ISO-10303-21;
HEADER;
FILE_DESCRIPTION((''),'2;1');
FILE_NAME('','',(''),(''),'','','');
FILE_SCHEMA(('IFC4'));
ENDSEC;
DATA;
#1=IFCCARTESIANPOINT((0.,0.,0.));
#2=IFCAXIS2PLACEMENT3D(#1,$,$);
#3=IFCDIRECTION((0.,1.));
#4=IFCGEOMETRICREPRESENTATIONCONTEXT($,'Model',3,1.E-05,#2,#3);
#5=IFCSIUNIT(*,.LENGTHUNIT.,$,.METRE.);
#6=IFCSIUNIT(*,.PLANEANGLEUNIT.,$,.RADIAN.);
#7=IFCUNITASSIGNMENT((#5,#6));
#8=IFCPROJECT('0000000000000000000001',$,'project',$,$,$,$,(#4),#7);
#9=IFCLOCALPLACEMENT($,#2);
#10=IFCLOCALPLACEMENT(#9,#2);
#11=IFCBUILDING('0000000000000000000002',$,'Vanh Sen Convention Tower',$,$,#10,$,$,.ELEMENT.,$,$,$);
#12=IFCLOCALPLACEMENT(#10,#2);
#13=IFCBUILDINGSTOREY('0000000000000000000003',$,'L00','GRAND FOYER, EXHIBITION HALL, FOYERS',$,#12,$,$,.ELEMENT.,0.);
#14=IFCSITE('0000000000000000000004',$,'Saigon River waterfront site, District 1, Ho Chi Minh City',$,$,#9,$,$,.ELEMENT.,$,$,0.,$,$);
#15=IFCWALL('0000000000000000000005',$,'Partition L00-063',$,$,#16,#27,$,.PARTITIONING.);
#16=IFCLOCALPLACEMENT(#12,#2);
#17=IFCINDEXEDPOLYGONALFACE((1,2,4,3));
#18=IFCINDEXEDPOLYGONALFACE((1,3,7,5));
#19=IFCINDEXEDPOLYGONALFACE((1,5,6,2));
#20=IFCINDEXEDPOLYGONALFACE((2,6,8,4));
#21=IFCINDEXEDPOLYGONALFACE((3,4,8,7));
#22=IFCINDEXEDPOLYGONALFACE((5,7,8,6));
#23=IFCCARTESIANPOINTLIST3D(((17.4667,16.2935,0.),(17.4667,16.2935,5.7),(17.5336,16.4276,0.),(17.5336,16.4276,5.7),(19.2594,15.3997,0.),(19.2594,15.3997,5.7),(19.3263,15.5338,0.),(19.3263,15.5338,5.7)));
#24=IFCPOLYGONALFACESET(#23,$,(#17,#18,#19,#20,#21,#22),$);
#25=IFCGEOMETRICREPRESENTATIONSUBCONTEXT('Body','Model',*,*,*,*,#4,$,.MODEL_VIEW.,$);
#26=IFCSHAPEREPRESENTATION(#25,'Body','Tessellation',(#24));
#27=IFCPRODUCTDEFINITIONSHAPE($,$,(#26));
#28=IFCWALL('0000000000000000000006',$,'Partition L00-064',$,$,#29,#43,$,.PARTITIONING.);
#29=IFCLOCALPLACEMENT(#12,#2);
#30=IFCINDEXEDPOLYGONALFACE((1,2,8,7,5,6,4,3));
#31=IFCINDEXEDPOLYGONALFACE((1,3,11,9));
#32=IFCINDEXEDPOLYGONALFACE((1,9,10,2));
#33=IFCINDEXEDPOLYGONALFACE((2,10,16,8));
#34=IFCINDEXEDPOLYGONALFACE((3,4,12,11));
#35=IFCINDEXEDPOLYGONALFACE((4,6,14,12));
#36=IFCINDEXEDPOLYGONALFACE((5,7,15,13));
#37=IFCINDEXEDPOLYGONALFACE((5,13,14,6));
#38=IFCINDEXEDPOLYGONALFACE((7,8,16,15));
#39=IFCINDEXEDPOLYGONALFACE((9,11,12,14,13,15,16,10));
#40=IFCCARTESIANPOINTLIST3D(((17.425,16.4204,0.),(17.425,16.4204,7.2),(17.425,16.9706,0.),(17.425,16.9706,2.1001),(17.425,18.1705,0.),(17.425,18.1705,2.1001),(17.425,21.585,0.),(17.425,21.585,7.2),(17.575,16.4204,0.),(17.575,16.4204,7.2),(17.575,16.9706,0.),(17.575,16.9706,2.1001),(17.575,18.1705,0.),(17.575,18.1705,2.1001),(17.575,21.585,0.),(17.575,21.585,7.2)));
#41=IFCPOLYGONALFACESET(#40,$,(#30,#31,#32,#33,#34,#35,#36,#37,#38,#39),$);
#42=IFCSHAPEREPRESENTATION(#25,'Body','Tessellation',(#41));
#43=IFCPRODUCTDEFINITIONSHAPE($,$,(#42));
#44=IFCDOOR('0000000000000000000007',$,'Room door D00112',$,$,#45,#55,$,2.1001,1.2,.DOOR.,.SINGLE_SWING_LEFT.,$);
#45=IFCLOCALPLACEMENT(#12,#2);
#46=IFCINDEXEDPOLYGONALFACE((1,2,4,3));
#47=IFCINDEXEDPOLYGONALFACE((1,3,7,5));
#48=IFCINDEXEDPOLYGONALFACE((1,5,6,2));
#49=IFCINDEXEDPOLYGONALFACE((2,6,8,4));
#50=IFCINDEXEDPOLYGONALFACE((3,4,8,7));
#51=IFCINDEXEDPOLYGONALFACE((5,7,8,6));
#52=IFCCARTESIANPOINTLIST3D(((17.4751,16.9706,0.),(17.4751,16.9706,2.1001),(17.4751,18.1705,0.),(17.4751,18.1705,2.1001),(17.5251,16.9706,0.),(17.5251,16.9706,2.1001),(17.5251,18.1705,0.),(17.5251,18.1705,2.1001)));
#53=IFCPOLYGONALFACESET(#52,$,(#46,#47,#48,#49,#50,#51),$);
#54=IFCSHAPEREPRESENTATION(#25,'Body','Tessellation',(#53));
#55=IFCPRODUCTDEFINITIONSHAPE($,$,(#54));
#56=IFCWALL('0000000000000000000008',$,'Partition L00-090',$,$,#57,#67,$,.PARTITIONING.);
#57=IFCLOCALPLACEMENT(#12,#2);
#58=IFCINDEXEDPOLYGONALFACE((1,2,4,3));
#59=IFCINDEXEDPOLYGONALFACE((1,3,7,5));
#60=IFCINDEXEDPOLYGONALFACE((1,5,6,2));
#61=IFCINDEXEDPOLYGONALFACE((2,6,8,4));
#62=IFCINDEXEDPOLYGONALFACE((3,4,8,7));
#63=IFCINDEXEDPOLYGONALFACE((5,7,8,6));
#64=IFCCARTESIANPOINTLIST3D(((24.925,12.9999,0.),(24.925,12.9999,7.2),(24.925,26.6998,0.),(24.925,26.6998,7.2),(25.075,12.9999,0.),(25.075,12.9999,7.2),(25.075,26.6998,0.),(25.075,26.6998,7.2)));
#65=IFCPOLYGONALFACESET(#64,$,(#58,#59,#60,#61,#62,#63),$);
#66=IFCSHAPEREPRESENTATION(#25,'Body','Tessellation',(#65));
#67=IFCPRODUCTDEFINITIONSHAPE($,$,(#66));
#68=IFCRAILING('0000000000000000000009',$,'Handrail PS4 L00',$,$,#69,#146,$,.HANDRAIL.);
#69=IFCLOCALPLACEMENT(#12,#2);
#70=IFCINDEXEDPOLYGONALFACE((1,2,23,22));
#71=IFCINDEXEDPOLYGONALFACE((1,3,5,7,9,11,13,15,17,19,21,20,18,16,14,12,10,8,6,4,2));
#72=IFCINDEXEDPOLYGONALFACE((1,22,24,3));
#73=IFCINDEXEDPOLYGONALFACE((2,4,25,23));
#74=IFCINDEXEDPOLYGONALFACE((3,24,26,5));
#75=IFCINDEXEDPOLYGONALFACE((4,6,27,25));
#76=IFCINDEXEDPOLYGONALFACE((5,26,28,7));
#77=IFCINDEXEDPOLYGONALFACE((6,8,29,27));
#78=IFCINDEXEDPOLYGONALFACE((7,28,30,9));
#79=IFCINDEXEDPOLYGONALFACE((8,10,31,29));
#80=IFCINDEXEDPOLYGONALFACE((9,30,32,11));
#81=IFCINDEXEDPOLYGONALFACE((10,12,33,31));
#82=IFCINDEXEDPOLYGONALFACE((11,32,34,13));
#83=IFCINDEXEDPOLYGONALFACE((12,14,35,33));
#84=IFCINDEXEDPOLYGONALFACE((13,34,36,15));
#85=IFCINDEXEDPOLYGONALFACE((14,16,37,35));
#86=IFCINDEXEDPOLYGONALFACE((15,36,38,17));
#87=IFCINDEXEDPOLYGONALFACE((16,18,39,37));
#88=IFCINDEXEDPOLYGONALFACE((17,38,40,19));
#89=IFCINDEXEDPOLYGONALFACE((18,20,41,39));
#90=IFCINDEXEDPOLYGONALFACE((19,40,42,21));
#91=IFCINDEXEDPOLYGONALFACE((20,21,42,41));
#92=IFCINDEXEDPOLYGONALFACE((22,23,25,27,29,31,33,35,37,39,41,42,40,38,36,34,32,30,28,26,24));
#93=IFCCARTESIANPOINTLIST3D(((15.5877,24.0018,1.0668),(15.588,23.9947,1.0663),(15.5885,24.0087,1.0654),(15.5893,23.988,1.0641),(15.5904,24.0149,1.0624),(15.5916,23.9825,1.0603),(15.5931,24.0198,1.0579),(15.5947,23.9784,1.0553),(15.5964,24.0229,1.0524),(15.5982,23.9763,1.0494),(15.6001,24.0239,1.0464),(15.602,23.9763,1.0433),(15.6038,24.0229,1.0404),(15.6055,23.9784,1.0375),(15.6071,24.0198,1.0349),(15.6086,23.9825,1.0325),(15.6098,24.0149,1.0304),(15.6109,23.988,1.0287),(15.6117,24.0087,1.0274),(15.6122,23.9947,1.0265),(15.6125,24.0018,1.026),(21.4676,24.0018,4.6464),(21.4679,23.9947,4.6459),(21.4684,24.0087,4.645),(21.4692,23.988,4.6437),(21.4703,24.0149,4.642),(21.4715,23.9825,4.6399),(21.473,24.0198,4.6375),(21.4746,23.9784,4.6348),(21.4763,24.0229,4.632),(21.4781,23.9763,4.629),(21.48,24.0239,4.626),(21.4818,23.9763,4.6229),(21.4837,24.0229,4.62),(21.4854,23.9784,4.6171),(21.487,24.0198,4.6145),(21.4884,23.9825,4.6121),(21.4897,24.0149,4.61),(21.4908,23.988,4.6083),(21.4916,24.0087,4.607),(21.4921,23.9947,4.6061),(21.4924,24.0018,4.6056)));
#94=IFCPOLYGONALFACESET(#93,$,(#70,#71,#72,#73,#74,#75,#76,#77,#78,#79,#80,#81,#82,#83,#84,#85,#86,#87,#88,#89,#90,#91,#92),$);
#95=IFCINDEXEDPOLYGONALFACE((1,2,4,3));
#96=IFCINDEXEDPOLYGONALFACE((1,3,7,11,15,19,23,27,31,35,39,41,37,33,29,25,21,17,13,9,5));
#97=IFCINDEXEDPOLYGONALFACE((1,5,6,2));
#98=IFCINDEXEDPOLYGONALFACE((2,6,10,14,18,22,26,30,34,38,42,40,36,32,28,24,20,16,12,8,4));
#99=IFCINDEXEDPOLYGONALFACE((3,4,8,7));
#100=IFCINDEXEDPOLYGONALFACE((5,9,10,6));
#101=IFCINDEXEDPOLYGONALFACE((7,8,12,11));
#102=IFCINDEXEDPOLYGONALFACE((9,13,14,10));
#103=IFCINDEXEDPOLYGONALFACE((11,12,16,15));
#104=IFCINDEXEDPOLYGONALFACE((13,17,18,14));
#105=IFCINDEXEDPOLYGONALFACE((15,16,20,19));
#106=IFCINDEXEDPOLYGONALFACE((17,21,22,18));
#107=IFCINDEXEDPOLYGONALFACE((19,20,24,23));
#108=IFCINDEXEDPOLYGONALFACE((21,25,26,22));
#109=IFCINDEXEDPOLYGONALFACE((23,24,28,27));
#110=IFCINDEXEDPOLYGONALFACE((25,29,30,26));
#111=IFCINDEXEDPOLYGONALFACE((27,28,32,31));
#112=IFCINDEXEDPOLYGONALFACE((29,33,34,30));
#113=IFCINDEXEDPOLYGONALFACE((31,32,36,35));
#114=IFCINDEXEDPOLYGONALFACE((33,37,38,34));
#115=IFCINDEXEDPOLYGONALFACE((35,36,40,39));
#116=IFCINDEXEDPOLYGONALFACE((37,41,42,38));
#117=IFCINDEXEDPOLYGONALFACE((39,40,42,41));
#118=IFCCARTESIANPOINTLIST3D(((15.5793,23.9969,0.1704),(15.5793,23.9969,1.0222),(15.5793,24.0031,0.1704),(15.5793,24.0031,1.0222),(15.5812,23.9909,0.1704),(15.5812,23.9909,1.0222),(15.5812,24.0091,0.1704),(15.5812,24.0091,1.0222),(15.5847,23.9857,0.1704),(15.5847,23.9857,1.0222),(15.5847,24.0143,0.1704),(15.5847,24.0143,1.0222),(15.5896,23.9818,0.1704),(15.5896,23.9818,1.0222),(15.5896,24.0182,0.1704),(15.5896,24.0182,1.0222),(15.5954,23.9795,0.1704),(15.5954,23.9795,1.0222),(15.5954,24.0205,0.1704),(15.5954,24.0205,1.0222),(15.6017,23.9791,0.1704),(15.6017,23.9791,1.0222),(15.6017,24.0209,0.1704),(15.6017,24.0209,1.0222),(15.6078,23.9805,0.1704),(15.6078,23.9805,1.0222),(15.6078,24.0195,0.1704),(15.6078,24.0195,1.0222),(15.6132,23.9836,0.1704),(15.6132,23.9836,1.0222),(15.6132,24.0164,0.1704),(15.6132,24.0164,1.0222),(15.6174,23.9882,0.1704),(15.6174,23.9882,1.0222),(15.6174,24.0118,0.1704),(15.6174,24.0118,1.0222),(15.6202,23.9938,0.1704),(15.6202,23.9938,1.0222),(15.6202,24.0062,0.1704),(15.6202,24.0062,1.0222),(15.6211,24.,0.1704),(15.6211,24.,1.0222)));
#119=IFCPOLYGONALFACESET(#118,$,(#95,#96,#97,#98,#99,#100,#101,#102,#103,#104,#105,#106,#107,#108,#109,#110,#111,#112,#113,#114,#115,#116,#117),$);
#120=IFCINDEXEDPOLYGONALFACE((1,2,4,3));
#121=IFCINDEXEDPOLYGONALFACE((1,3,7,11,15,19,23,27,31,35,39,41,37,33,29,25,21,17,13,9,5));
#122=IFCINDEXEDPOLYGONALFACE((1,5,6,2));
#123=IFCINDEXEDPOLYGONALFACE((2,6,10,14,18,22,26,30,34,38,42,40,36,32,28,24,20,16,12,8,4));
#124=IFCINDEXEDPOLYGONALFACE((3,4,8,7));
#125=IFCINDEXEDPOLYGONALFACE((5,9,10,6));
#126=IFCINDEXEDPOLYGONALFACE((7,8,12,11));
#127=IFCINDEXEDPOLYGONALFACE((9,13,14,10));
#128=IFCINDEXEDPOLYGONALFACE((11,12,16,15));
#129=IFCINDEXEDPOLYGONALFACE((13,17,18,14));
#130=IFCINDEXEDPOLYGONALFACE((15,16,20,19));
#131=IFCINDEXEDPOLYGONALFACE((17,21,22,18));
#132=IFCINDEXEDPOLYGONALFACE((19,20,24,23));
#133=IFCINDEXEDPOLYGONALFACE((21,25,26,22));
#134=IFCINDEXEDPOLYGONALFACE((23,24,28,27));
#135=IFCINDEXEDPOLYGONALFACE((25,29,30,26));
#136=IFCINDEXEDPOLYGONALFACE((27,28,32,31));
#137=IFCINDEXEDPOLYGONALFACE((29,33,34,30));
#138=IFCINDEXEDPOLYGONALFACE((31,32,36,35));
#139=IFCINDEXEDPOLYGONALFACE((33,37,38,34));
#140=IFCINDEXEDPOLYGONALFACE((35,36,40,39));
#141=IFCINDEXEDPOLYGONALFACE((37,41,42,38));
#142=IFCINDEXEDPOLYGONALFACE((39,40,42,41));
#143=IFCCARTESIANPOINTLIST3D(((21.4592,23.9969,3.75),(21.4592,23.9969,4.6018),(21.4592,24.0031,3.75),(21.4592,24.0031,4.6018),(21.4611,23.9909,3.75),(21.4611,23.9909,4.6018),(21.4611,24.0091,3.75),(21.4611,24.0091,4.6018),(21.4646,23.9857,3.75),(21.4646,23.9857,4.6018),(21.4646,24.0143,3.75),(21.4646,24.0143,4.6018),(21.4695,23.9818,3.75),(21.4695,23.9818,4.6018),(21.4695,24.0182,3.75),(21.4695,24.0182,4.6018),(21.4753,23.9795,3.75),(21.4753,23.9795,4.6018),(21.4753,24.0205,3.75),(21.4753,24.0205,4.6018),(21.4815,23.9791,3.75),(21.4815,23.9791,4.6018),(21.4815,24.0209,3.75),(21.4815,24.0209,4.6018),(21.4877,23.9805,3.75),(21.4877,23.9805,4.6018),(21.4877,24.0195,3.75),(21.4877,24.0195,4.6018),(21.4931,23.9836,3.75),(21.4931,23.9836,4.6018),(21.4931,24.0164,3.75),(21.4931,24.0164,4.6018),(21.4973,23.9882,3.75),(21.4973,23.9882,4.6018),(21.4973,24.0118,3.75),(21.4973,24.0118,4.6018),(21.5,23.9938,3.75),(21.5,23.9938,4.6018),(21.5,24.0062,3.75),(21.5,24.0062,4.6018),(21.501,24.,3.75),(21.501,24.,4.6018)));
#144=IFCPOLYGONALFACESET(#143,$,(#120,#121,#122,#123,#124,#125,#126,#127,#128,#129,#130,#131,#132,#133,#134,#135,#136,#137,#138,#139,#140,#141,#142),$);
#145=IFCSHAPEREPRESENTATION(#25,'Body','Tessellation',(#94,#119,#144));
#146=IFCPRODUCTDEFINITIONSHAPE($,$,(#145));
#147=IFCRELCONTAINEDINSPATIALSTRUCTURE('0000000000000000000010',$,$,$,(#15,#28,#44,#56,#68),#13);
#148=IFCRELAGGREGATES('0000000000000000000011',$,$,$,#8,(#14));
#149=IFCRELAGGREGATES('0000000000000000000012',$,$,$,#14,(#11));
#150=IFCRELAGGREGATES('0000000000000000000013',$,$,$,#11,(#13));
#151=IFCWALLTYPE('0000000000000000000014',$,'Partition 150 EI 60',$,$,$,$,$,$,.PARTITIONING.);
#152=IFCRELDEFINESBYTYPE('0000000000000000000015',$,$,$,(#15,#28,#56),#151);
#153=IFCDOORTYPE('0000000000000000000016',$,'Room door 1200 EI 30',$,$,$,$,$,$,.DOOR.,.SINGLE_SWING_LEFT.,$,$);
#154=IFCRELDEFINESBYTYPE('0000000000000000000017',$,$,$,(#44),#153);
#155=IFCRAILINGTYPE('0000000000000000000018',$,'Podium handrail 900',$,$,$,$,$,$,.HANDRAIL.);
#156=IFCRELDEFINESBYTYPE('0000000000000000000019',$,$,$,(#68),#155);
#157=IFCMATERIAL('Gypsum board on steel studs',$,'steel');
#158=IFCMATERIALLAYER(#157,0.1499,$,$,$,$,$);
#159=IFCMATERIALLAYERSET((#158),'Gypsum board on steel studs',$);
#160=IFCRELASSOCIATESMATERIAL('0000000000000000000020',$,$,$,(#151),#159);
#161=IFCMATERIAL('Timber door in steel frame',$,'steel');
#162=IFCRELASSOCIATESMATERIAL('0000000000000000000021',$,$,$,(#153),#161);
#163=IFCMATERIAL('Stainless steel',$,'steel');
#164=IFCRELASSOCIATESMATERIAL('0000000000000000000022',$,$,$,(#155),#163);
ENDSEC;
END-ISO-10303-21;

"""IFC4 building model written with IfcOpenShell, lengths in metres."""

from ifc_helpers import new_model, si_unit, direction, frame, frame_2d, origin, origin_2d, place, context, subcontext, project, spatial, rectangle, circle, extrude, material, layer, layer_set, type_object, element, fill, save


model = new_model("IFC4")

# Units and contexts
model_context = context("Model", 3, precision=1e-05, world=origin(), true_north=direction((0.0, 1.0)))
body_context = subcontext(model_context, "Body", "Model", "MODEL_VIEW")
ifc_project = project(units=[si_unit("LENGTHUNIT", "METRE"), si_unit("PLANEANGLEUNIT", "RADIAN")], contexts=[model_context])

# Site, building, storey
site_placement = place(None, origin())
site = spatial("IfcSite", under=ifc_project, at=site_placement, Name="Saigon River waterfront site, District 1, Ho Chi Minh City", CompositionType="ELEMENT", RefElevation=0.0)
building_placement = place(site_placement, origin())
building = spatial("IfcBuilding", under=site, at=building_placement, Name="Vanh Sen Convention Tower", CompositionType="ELEMENT")
storey_placement = place(building_placement, origin())
storey = spatial("IfcBuildingStorey", under=building, at=storey_placement, Name="L00", Description="GRAND FOYER, EXHIBITION HALL, FOYERS", CompositionType="ELEMENT", Elevation=0.0)

# Wall
ifc_material_1 = material(Name="Gypsum board on steel studs", Category="steel")
ifc_layer_1 = layer(ifc_material_1, 0.1499)
ifc_layer_set_1 = layer_set([ifc_layer_1], Name="Gypsum board on steel studs")
wall_type_1 = type_object("IfcWallType", Name="Partition 150 EI 60", PredefinedType="PARTITIONING", material=ifc_layer_set_1)
wall_1_placement = place(storey_placement, frame((19.2927, 15.4668, 0.0), z_axis=(0.0, 0.0, 1.0), x_axis=(-0.894938, 0.44619, 0.0)))
element("IfcWall", 1, at=wall_1_placement, inside=storey, type_object=wall_type_1, Name="Partition L00-063", PredefinedType="PARTITIONING", context=body_context, shape_type="SweptSolid", body=[
    extrude(rectangle(XDim=2.0032, YDim=0.1499, at=frame_2d((1.0015, 0.0))), origin(), (0.0, 0.0, 1.0), 5.7),
])

# Wall, opening, door
wall_2_placement = place(storey_placement, frame((17.5, 16.4204, 0.0), z_axis=(0.0, 0.0, 1.0), x_axis=(0.0, 1.0, 0.0)))
wall_2 = element("IfcWall", 2, at=wall_2_placement, inside=storey, type_object=wall_type_1, Name="Partition L00-064", PredefinedType="PARTITIONING", context=body_context, shape_type="SweptSolid", body=[
    extrude(rectangle(XDim=5.1646, YDim=0.1499, at=frame_2d((2.5823, 0.0))), origin(), (0.0, 0.0, 1.0), 7.2),
])
opening_1_placement = place(wall_2_placement, frame((0.55, 0.0, 0.0)))
opening_1 = element("IfcOpeningElement", 3, at=opening_1_placement, cuts=wall_2, PredefinedType="OPENING", context=body_context, shape_type="SweptSolid", body=[
    extrude(rectangle(XDim=1.2, YDim=2.1001, at=frame_2d((0.6001, 1.05))), frame((0.0, 0.085, 0.0), z_axis=(0.0, -1.0, 0.0), x_axis=(1.0, 0.0, 0.0)), (0.0, 0.0, 1.0), 0.1699),
])
ifc_material_2 = material(Name="Timber door in steel frame", Category="steel")
door_type_1 = type_object("IfcDoorType", Name="Room door 1200 EI 30", OperationType="SINGLE_SWING_LEFT", PredefinedType="DOOR", material=ifc_material_2)
door_1_placement = place(opening_1_placement, origin())
door_1 = element("IfcDoor", 4, at=door_1_placement, inside=storey, type_object=door_type_1, Name="Room door D00112", OperationType="SINGLE_SWING_LEFT", OverallHeight=2.1001, OverallWidth=1.2, PredefinedType="DOOR", context=body_context, shape_type="SweptSolid", body=[
    extrude(rectangle(XDim=1.2, YDim=2.1001, at=frame_2d((0.6001, 1.05))), frame((0.0, 0.0249, 0.0), z_axis=(0.0, -1.0, 0.0), x_axis=(1.0, 0.0, 0.0)), (0.0, 0.0, 1.0), 0.05),
])
fill(opening_1, door_1)

# Wall
wall_3_placement = place(storey_placement, frame((25.0, 26.7, 0.0), z_axis=(0.0, 0.0, 1.0), x_axis=(0.0, -1.0, 0.0)))
element("IfcWall", 5, at=wall_3_placement, inside=storey, type_object=wall_type_1, Name="Partition L00-090", PredefinedType="PARTITIONING", context=body_context, shape_type="SweptSolid", body=[
    extrude(rectangle(XDim=13.7, YDim=0.1499, at=frame_2d((6.8501, 0.0))), origin(), (0.0, 0.0, 1.0), 7.2),
])

# Railing
ifc_material_3 = material(Name="Stainless steel", Category="steel")
railing_type = type_object("IfcRailingType", Name="Podium handrail 900", PredefinedType="HANDRAIL", material=ifc_material_3)
railing_placement = place(storey_placement, frame((15.6001, 24.0, 0.1704)))
element("IfcRailing", 6, at=railing_placement, inside=storey, type_object=railing_type, Name="Handrail PS4 L00", PredefinedType="HANDRAIL", context=body_context, shape_type="SweptSolid", body=[
    extrude(circle(Radius=0.0239, at=origin_2d()), frame((0.0, 0.0, 0.876), z_axis=(0.854164, 0.0, 0.520003), x_axis=(0.0, 1.0, 0.0)), (0.0, 0.0, 1.0), 6.8838),
    extrude(circle(Radius=0.021, at=origin_2d()), origin(), (0.0, 0.0, 1.0), 0.8518),
    extrude(circle(Radius=0.021, at=origin_2d()), frame((5.8799, 0.0, 3.5796)), (0.0, 0.0, 1.0), 0.8518),
])

save(model, "model.ifc")
